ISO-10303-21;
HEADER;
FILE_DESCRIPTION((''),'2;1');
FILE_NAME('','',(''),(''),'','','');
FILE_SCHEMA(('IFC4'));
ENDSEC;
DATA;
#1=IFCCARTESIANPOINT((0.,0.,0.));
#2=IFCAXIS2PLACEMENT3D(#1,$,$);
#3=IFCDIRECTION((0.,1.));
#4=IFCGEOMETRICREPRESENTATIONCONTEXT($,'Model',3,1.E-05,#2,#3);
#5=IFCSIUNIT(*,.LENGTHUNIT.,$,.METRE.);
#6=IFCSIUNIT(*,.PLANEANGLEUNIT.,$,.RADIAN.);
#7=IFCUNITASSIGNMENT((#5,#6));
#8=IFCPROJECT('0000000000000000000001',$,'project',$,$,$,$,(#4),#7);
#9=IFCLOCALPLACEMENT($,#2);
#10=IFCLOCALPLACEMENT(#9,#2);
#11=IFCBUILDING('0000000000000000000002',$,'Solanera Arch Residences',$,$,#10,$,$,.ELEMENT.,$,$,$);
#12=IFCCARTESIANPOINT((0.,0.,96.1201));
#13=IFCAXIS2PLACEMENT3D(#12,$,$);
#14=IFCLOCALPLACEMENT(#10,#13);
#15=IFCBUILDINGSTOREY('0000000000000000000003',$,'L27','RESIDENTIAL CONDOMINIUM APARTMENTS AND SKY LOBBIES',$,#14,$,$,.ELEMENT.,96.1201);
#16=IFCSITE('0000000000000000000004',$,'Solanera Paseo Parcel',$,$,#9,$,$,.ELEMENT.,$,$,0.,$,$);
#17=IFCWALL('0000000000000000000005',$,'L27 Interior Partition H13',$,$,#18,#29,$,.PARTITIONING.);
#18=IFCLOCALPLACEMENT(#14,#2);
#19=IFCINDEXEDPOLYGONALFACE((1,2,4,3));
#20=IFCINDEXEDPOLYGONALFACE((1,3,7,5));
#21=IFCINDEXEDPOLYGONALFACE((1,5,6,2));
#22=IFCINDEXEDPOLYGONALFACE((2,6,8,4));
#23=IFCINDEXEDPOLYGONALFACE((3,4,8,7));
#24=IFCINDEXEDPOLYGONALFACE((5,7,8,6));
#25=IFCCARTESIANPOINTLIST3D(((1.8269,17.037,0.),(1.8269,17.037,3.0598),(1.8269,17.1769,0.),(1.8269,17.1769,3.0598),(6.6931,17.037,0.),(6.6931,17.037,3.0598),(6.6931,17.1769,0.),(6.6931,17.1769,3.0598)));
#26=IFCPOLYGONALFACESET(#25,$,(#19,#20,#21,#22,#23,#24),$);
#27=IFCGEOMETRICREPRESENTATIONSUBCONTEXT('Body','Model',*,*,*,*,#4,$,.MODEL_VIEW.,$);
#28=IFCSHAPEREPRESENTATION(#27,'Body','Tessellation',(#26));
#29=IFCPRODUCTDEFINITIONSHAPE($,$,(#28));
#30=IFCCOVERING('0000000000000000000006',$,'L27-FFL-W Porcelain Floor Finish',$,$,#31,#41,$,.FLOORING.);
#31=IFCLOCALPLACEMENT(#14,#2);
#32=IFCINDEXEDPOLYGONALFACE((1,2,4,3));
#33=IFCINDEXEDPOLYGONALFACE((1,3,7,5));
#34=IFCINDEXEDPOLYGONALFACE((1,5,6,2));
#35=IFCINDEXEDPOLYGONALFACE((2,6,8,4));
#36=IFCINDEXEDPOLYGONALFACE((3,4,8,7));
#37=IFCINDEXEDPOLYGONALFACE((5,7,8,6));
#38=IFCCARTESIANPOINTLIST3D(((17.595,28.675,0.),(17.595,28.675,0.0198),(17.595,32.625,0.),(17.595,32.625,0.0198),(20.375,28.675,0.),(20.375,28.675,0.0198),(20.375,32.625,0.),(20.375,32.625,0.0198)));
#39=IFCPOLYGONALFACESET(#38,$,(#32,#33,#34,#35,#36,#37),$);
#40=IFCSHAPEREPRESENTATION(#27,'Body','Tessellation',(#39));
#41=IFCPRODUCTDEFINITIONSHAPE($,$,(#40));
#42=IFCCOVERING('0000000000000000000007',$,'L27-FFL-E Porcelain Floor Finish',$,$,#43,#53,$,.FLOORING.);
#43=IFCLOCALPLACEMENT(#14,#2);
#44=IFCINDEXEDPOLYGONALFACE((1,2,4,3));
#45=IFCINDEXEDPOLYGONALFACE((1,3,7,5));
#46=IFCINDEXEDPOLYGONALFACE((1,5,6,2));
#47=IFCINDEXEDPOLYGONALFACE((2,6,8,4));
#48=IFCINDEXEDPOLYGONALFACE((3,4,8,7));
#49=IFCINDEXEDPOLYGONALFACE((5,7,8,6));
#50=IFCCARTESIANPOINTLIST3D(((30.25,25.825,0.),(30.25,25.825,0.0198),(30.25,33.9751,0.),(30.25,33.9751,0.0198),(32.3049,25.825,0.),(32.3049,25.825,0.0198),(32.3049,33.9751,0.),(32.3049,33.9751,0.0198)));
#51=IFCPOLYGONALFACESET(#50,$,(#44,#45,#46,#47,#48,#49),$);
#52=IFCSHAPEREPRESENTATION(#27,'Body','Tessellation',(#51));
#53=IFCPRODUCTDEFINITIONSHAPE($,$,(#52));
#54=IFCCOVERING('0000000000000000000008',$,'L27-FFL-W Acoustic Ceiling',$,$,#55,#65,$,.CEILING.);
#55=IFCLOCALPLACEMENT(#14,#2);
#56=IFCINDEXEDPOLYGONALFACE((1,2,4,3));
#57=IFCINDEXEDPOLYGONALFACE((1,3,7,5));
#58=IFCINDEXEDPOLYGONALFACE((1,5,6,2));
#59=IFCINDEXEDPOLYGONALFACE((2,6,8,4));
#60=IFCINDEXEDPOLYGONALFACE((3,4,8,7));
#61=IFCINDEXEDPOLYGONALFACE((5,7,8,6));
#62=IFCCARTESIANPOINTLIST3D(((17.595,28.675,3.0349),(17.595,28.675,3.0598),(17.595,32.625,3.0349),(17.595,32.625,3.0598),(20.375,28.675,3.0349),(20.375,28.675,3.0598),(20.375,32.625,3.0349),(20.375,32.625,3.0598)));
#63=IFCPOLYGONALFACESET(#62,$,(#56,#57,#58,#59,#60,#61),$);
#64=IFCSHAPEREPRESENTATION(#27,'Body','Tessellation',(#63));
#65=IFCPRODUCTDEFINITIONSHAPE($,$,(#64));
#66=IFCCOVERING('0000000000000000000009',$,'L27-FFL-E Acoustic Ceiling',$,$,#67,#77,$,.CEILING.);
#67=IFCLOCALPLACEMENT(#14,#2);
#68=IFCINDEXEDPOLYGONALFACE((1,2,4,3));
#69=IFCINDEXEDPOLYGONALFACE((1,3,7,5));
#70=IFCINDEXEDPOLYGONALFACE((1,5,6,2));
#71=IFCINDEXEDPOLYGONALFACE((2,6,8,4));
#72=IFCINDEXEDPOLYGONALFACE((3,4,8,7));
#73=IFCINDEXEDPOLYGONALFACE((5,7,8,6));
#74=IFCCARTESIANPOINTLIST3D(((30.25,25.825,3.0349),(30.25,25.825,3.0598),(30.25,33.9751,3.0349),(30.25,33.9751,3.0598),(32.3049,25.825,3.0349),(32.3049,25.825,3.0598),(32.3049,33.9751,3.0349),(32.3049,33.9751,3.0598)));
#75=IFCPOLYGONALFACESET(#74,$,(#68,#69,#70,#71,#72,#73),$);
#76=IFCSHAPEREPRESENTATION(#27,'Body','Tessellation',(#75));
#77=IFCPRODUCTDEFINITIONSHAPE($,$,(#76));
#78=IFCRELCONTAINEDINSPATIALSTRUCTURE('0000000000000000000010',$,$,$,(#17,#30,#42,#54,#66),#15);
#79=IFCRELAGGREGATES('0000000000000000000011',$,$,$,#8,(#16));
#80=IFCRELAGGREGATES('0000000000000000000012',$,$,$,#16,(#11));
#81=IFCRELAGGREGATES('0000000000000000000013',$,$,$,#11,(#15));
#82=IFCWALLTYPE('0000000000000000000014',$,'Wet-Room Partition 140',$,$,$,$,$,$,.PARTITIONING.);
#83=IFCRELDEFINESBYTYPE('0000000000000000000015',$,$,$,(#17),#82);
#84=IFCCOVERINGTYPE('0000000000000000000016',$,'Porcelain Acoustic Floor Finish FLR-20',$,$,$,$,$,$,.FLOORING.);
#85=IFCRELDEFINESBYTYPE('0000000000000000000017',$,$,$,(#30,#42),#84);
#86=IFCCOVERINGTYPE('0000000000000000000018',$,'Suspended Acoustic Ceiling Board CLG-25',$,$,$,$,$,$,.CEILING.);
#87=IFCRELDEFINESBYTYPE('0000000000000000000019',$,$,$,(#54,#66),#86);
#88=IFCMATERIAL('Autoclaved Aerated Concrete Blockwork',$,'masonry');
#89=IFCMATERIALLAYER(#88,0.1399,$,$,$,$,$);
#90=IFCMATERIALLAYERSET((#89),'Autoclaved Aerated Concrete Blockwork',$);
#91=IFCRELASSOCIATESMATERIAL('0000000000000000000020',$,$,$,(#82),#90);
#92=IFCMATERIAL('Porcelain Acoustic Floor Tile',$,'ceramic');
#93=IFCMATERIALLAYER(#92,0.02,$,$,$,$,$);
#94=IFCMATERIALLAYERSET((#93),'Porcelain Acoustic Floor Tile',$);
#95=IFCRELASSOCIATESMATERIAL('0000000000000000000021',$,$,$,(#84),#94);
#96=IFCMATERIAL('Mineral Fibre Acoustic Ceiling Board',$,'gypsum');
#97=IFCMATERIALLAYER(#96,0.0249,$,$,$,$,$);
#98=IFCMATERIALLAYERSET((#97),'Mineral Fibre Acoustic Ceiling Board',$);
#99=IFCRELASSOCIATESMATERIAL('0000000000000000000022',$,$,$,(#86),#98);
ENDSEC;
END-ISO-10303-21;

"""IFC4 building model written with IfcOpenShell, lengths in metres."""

from ifc_helpers import new_model, si_unit, direction, frame, frame_2d, origin, place, context, subcontext, project, spatial, polyline, rectangle, outline, extrude, material, layer, layer_set, type_object, element, save


model = new_model("IFC4")

# Units and contexts
model_context = context("Model", 3, precision=1e-05, world=origin(), true_north=direction((0.0, 1.0)))
body_context = subcontext(model_context, "Body", "Model", "MODEL_VIEW")
ifc_project = project(units=[si_unit("LENGTHUNIT", "METRE"), si_unit("PLANEANGLEUNIT", "RADIAN")], contexts=[model_context])

# Site, building, storey
site_placement = place(None, origin())
site = spatial("IfcSite", under=ifc_project, at=site_placement, Name="Solanera Paseo Parcel", CompositionType="ELEMENT", RefElevation=0.0)
building_placement = place(site_placement, origin())
building = spatial("IfcBuilding", under=site, at=building_placement, Name="Solanera Arch Residences", CompositionType="ELEMENT")
storey_placement = place(building_placement, frame((0.0, 0.0, 96.1201)))
storey = spatial("IfcBuildingStorey", under=building, at=storey_placement, Name="L27", Description="RESIDENTIAL CONDOMINIUM APARTMENTS AND SKY LOBBIES", CompositionType="ELEMENT", Elevation=96.1201)

# Wall
ifc_material_1 = material(Name="Autoclaved Aerated Concrete Blockwork", Category="masonry")
ifc_layer_1 = layer(ifc_material_1, 0.1399)
ifc_layer_set_1 = layer_set([ifc_layer_1], Name="Autoclaved Aerated Concrete Blockwork")
wall_type_1 = type_object("IfcWallType", Name="Wet-Room Partition 140", PredefinedType="PARTITIONING", material=ifc_layer_set_1)
wall_1_placement = place(storey_placement, frame((1.8269, 17.1069, 0.0), z_axis=(0.0, 0.0, 1.0), x_axis=(1.0, 0.0, 0.0)))
element("IfcWall", 1, at=wall_1_placement, inside=storey, type_object=wall_type_1, Name="L27 Interior Partition H13", PredefinedType="PARTITIONING", context=body_context, shape_type="SweptSolid", body=[
    extrude(rectangle(XDim=4.8662, YDim=0.1399, at=frame_2d((2.4331, 0.0))), origin(), (0.0, 0.0, 1.0), 3.0598),
])

# Coverings
ifc_material_2 = material(Name="Porcelain Acoustic Floor Tile", Category="ceramic")
ifc_layer_2 = layer(ifc_material_2, 0.02)
ifc_layer_set_2 = layer_set([ifc_layer_2], Name="Porcelain Acoustic Floor Tile")
covering_type_1 = type_object("IfcCoveringType", Name="Porcelain Acoustic Floor Finish FLR-20", PredefinedType="FLOORING", material=ifc_layer_set_2)
covering_1_placement = place(storey_placement, origin())
element("IfcCovering", 2, at=covering_1_placement, inside=storey, type_object=covering_type_1, Name="L27-FFL-W Porcelain Floor Finish", PredefinedType="FLOORING", context=body_context, shape_type="SweptSolid", body=[
    extrude(outline(polyline([(20.375, 28.675), (17.595, 28.675), (17.595, 32.625), (20.375, 32.625), (20.375, 28.675)])), origin(), (0.0, 0.0, 1.0), 0.0198),
])
covering_2_placement = place(storey_placement, origin())
element("IfcCovering", 3, at=covering_2_placement, inside=storey, type_object=covering_type_1, Name="L27-FFL-E Porcelain Floor Finish", PredefinedType="FLOORING", context=body_context, shape_type="SweptSolid", body=[
    extrude(outline(polyline([(32.3049, 25.825), (30.25, 25.825), (30.25, 33.9751), (32.3049, 33.9751), (32.3049, 25.825)])), origin(), (0.0, 0.0, 1.0), 0.0198),
])
ifc_material_3 = material(Name="Mineral Fibre Acoustic Ceiling Board", Category="gypsum")
ifc_layer_3 = layer(ifc_material_3, 0.0249)
ifc_layer_set_3 = layer_set([ifc_layer_3], Name="Mineral Fibre Acoustic Ceiling Board")
covering_type_2 = type_object("IfcCoveringType", Name="Suspended Acoustic Ceiling Board CLG-25", PredefinedType="CEILING", material=ifc_layer_set_3)
covering_3_placement = place(storey_placement, frame((0.0, 0.0, 3.0349)))
element("IfcCovering", 4, at=covering_3_placement, inside=storey, type_object=covering_type_2, Name="L27-FFL-W Acoustic Ceiling", PredefinedType="CEILING", context=body_context, shape_type="SweptSolid", body=[
    extrude(outline(polyline([(20.375, 28.675), (17.595, 28.675), (17.595, 32.625), (20.375, 32.625), (20.375, 28.675)])), origin(), (0.0, 0.0, 1.0), 0.0249),
])
covering_4_placement = place(storey_placement, frame((0.0, 0.0, 3.0349)))
element("IfcCovering", 5, at=covering_4_placement, inside=storey, type_object=covering_type_2, Name="L27-FFL-E Acoustic Ceiling", PredefinedType="CEILING", context=body_context, shape_type="SweptSolid", body=[
    extrude(outline(polyline([(32.3049, 25.825), (30.25, 25.825), (30.25, 33.9751), (32.3049, 33.9751), (32.3049, 25.825)])), origin(), (0.0, 0.0, 1.0), 0.0249),
])

save(model, "model.ifc")
